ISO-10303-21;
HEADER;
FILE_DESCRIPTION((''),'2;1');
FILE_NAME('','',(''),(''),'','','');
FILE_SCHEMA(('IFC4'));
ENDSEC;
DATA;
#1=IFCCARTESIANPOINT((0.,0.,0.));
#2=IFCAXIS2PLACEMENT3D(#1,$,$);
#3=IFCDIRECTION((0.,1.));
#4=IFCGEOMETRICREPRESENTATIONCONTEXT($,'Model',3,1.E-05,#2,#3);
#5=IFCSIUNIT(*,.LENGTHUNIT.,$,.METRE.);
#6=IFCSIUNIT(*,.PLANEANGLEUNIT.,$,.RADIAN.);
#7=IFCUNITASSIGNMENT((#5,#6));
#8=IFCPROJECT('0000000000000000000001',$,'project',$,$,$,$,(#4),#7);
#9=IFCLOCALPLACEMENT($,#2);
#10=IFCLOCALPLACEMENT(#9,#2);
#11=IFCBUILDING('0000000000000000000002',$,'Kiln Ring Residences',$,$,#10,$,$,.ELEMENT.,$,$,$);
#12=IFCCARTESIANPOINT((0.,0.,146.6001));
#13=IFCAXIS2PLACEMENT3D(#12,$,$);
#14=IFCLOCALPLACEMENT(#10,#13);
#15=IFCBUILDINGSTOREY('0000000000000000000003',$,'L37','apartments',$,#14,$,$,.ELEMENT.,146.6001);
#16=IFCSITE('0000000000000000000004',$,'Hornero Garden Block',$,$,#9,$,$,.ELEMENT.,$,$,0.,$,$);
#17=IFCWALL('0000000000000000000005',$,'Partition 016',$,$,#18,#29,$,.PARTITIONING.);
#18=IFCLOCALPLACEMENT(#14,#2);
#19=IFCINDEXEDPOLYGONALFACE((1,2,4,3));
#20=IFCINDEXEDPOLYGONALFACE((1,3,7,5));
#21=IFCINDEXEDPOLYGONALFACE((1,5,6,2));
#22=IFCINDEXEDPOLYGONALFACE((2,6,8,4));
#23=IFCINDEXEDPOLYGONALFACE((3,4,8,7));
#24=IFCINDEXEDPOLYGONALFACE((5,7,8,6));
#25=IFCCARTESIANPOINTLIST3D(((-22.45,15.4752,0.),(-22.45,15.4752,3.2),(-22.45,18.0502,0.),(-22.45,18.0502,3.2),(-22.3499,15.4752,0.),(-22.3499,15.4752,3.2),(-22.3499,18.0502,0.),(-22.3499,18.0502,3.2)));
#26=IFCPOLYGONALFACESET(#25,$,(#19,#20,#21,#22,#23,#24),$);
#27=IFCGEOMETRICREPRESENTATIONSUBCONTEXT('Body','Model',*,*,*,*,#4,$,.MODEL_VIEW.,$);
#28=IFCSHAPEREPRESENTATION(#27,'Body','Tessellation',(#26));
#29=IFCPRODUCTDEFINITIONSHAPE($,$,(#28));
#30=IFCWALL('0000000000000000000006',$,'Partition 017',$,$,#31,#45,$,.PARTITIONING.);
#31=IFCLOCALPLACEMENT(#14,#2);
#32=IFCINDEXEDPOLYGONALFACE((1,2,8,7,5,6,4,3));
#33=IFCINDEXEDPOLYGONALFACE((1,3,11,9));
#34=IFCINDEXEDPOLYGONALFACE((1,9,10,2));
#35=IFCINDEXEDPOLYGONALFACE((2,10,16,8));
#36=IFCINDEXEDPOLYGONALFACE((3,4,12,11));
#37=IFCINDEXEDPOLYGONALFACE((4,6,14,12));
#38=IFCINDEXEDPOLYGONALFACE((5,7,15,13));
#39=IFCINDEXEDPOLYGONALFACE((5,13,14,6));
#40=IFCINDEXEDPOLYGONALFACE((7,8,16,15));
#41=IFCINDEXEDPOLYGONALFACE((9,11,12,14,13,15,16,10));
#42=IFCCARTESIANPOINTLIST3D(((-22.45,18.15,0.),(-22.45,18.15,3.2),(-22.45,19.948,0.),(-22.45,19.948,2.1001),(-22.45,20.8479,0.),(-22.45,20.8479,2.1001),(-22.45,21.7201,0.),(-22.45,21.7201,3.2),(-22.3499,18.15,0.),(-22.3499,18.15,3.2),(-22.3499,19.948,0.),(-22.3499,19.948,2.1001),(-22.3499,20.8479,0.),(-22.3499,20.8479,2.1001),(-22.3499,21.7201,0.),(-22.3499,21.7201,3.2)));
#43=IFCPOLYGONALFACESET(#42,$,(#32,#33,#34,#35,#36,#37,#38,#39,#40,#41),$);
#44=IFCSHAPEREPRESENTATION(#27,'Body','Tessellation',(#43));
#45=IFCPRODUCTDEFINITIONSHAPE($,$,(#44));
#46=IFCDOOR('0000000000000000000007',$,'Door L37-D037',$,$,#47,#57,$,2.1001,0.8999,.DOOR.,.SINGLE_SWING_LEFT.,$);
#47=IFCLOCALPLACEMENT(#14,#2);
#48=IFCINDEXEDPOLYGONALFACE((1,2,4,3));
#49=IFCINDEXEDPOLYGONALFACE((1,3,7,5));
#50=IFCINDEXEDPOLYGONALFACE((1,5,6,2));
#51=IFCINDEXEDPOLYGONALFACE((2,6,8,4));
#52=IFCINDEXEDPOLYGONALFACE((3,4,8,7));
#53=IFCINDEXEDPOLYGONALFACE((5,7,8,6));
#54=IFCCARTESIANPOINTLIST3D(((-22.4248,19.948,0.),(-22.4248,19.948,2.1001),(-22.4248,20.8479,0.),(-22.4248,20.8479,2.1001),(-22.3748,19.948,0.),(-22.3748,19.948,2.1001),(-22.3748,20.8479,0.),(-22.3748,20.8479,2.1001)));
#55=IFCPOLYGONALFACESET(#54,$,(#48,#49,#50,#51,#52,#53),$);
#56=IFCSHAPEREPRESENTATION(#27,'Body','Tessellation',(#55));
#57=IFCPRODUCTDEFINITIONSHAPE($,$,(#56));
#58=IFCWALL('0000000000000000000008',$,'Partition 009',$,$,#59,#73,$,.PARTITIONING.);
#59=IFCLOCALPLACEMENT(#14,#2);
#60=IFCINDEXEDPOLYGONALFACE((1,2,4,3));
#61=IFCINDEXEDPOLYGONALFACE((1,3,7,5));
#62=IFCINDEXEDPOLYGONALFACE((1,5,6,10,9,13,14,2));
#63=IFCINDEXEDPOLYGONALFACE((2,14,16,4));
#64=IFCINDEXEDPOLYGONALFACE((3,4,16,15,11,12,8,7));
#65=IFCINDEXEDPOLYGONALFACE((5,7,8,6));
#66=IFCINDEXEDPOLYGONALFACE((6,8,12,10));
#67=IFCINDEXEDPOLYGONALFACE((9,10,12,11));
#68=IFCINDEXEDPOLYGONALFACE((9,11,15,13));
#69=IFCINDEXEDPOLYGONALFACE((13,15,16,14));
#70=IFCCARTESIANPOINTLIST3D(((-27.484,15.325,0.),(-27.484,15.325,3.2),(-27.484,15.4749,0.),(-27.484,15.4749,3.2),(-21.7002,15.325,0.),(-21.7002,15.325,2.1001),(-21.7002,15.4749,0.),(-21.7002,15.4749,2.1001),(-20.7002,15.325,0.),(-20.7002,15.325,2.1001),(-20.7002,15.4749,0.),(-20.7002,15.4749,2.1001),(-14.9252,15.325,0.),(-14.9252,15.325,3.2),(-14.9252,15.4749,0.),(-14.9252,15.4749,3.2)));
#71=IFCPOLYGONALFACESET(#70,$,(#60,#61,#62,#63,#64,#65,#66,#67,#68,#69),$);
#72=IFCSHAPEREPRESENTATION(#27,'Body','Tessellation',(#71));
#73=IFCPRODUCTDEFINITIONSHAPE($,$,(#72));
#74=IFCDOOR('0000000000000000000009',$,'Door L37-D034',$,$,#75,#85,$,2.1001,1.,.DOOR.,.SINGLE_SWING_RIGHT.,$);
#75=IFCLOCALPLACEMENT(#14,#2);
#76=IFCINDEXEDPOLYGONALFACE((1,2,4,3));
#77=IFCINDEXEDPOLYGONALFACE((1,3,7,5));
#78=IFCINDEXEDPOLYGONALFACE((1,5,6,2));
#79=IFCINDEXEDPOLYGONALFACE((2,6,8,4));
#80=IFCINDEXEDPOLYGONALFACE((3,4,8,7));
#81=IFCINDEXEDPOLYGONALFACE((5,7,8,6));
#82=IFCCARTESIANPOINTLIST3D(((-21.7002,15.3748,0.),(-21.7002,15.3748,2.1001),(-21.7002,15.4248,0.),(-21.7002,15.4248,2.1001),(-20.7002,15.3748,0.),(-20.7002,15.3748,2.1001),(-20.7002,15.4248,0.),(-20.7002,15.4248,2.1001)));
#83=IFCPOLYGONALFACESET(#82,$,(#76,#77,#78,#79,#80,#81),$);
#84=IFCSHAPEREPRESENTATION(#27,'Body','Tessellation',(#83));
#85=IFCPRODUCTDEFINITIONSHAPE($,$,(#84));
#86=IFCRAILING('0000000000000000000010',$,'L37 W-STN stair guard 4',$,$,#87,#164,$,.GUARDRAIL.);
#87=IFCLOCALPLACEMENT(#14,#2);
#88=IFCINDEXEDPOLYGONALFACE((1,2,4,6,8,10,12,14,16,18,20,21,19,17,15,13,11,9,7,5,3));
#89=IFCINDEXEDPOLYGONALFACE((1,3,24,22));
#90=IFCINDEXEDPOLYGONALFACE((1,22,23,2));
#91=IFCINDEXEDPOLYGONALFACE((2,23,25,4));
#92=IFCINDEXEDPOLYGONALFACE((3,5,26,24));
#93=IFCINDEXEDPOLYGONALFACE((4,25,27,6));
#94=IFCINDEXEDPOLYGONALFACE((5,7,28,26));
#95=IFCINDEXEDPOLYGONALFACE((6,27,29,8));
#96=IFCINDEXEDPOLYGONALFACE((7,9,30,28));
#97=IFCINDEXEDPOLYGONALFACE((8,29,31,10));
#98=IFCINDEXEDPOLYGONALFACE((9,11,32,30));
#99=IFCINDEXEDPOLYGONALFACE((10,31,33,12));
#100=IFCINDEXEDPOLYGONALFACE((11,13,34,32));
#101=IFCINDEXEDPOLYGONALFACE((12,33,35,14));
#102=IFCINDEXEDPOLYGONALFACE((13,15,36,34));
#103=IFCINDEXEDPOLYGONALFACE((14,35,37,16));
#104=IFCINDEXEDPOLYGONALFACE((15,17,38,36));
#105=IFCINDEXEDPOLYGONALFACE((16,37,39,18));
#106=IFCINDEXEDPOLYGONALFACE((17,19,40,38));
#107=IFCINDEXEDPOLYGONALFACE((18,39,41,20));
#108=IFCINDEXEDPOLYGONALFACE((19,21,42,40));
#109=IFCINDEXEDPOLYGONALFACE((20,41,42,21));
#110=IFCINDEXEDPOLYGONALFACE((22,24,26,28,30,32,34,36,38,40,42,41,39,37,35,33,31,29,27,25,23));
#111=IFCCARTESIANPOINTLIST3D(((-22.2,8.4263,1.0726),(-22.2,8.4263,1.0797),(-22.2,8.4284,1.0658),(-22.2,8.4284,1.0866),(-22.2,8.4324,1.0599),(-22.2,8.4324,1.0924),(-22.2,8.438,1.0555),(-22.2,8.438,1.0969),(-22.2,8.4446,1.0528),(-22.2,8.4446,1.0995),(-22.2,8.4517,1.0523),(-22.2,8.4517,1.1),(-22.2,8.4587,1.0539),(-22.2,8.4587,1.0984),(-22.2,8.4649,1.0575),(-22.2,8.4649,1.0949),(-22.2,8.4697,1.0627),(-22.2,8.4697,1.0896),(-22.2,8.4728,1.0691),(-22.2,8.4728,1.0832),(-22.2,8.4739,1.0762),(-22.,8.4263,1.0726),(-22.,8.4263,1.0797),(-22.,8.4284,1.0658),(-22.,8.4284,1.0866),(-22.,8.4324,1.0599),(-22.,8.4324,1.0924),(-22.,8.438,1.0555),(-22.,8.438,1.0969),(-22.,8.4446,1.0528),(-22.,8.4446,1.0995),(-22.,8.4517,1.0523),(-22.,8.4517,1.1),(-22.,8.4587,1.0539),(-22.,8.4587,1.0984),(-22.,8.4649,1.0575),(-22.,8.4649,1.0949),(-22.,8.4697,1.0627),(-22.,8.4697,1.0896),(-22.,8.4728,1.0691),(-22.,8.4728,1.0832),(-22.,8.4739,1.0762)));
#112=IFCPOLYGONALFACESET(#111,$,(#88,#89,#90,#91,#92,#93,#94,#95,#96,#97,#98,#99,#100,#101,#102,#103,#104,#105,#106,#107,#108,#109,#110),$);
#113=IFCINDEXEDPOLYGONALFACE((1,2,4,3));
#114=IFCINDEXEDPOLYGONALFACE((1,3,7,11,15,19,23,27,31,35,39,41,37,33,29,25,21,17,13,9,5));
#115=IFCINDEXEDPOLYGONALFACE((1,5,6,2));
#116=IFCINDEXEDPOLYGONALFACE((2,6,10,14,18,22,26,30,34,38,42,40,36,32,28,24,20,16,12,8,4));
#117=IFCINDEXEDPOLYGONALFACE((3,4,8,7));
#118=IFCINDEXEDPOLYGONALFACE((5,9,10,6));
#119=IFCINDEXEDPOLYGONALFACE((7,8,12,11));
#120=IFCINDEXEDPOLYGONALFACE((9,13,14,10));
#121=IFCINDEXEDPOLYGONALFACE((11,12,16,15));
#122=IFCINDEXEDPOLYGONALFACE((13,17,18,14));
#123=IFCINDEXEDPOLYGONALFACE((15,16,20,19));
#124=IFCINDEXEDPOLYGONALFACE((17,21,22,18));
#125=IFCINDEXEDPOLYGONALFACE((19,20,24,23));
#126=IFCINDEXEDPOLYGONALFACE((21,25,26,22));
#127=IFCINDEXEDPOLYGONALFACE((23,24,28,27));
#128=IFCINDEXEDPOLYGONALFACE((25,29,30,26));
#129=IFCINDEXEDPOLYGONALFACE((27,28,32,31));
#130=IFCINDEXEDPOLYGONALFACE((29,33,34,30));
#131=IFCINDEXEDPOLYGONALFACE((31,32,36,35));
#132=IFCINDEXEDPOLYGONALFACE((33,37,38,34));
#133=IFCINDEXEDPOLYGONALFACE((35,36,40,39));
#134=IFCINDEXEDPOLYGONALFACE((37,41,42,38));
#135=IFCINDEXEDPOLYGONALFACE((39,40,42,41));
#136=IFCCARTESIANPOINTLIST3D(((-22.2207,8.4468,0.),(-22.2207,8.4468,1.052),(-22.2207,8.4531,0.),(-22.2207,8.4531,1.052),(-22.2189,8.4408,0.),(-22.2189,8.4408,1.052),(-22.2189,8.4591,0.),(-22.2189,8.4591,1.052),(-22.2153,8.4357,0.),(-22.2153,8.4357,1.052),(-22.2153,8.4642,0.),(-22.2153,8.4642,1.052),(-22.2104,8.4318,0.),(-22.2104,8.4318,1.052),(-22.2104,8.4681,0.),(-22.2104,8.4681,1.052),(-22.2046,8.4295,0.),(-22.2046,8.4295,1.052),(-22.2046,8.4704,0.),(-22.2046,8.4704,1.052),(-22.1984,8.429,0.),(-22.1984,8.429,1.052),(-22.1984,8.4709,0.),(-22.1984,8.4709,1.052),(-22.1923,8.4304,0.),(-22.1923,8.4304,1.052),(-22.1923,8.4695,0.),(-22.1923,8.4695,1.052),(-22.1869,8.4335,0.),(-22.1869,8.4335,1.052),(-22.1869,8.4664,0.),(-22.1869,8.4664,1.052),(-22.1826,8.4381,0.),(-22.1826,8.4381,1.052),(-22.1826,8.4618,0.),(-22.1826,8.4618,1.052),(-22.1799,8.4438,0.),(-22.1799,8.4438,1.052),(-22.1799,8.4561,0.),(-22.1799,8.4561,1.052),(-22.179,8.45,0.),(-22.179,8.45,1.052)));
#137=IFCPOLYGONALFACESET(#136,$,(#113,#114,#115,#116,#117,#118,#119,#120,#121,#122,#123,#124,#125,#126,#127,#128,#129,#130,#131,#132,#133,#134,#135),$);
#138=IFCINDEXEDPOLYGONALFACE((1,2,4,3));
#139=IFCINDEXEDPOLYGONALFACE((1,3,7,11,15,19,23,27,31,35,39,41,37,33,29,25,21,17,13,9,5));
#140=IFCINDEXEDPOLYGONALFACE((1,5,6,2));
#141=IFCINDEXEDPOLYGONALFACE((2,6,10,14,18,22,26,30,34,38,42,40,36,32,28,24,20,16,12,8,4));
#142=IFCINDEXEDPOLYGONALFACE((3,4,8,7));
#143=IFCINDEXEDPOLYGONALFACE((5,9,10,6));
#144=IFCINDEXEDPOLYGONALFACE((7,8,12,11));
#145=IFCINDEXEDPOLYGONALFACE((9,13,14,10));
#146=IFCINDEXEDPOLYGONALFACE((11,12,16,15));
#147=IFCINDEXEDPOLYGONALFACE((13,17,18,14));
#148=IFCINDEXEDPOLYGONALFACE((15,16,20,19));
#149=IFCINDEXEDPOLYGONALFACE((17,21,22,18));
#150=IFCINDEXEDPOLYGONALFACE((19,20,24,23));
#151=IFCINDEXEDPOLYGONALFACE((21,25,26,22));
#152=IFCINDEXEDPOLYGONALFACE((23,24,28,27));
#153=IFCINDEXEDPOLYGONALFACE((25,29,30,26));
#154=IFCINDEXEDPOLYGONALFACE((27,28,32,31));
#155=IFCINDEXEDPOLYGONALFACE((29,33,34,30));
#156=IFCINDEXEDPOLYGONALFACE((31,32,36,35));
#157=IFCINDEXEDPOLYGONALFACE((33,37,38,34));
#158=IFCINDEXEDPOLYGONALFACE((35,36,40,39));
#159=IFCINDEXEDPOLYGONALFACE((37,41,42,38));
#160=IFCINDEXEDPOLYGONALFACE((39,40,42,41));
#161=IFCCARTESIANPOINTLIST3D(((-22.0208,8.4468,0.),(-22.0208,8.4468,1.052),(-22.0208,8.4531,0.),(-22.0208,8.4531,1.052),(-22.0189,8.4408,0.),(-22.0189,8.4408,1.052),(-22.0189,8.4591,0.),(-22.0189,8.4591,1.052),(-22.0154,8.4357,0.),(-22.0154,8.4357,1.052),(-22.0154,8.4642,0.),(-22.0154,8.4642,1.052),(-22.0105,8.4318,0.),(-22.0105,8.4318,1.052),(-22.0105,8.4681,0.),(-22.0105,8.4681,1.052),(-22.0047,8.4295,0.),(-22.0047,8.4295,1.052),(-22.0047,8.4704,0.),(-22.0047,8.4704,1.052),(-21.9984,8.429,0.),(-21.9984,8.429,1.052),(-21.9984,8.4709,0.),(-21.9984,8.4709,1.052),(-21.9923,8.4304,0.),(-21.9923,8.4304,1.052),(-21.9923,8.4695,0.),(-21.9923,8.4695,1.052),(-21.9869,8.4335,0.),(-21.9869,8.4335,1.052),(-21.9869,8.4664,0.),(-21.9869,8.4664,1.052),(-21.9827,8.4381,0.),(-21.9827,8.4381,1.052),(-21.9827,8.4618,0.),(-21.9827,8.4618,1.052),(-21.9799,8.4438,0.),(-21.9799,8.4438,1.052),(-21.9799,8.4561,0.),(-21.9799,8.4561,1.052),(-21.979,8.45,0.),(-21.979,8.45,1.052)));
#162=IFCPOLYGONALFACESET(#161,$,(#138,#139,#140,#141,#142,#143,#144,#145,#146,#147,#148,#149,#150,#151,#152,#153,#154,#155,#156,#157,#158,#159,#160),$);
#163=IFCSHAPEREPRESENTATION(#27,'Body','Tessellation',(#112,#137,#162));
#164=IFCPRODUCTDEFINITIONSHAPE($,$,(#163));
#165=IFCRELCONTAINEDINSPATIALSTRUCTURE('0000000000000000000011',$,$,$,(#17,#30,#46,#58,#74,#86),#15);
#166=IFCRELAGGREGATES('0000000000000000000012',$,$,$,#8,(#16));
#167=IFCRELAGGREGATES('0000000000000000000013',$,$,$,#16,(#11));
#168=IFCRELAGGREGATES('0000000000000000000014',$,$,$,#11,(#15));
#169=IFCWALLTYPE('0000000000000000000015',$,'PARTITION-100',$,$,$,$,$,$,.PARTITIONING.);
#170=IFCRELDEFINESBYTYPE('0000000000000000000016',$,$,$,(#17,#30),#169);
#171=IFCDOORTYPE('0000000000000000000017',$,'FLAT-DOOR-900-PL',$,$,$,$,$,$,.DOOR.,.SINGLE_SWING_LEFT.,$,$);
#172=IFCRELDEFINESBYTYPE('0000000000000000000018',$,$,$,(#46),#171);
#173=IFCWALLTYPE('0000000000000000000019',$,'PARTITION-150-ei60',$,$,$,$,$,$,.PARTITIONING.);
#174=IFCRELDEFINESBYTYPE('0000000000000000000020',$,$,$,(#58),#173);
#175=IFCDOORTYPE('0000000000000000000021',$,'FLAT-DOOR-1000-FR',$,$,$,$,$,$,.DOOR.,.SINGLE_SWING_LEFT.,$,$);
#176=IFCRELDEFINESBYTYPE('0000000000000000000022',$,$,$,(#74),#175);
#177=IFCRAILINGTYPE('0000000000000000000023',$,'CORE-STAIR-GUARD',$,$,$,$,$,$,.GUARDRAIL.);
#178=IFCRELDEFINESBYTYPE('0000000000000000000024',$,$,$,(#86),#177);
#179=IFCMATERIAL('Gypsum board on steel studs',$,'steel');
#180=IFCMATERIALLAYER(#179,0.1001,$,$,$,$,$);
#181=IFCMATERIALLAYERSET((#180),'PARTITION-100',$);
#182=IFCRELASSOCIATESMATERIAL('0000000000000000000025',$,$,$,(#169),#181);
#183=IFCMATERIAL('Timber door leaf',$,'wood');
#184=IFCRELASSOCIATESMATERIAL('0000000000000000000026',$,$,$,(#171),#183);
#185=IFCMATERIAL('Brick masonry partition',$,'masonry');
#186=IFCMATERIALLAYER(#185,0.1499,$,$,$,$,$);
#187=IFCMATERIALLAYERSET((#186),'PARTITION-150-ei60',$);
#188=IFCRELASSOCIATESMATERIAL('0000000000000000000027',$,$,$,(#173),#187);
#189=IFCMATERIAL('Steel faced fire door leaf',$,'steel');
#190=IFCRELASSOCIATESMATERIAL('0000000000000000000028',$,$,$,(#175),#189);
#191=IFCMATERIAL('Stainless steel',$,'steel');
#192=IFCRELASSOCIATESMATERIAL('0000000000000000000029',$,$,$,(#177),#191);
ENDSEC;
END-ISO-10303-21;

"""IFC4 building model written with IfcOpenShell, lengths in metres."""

from ifc_helpers import new_model, si_unit, direction, frame, frame_2d, origin, origin_2d, place, context, subcontext, project, spatial, rectangle, circle, extrude, material, layer, layer_set, type_object, element, fill, save


model = new_model("IFC4")

# Units and contexts
model_context = context("Model", 3, precision=1e-05, world=origin(), true_north=direction((0.0, 1.0)))
body_context = subcontext(model_context, "Body", "Model", "MODEL_VIEW")
ifc_project = project(units=[si_unit("LENGTHUNIT", "METRE"), si_unit("PLANEANGLEUNIT", "RADIAN")], contexts=[model_context])

# Site, building, storey
site_placement = place(None, origin())
site = spatial("IfcSite", under=ifc_project, at=site_placement, Name="Hornero Garden Block", CompositionType="ELEMENT", RefElevation=0.0)
building_placement = place(site_placement, origin())
building = spatial("IfcBuilding", under=site, at=building_placement, Name="Kiln Ring Residences", CompositionType="ELEMENT")
storey_placement = place(building_placement, frame((0.0, 0.0, 146.6001)))
storey = spatial("IfcBuildingStorey", under=building, at=storey_placement, Name="L37", Description="apartments", CompositionType="ELEMENT", Elevation=146.6001)

# Shared definitions
ifc_material_1 = material(Name="Gypsum board on steel studs", Category="steel")
ifc_layer_1 = layer(ifc_material_1, 0.1001)
ifc_layer_set_1 = layer_set([ifc_layer_1], Name="PARTITION-100")
wall_type_1 = type_object("IfcWallType", Name="PARTITION-100", PredefinedType="PARTITIONING", material=ifc_layer_set_1)
ifc_material_2 = material(Name="Timber door leaf", Category="wood")
door_type_1 = type_object("IfcDoorType", Name="FLAT-DOOR-900-PL", OperationType="SINGLE_SWING_LEFT", PredefinedType="DOOR", material=ifc_material_2)

# Wall
wall_1_placement = place(storey_placement, frame((-22.3999, 15.4751, 0.0), z_axis=(0.0, 0.0, 1.0), x_axis=(0.0, 1.0, 0.0)))
element("IfcWall", 1, at=wall_1_placement, inside=storey, type_object=wall_type_1, Name="Partition 016", PredefinedType="PARTITIONING", context=body_context, shape_type="SweptSolid", body=[
    extrude(rectangle(XDim=2.575, YDim=0.1001, at=frame_2d((1.2876, 0.0))), origin(), (0.0, 0.0, 1.0), 3.2),
])

# Walls, openings, doors
wall_2_placement = place(storey_placement, frame((-22.3999, 18.1499, 0.0), z_axis=(0.0, 0.0, 1.0), x_axis=(0.0, 1.0, 0.0)))
wall_2 = element("IfcWall", 2, at=wall_2_placement, inside=storey, type_object=wall_type_1, Name="Partition 017", PredefinedType="PARTITIONING", context=body_context, shape_type="SweptSolid", body=[
    extrude(rectangle(XDim=3.5701, YDim=0.1001, at=frame_2d((1.7852, 0.0))), origin(), (0.0, 0.0, 1.0), 3.2),
])
opening_1_placement = place(wall_2_placement, frame((1.7981, 0.0, 0.0)))
opening_1 = element("IfcOpeningElement", 3, at=opening_1_placement, cuts=wall_2, PredefinedType="OPENING", context=body_context, shape_type="SweptSolid", body=[
    extrude(rectangle(XDim=0.8999, YDim=2.1001, at=frame_2d((0.45, 1.05))), frame((0.0, 0.0601, 0.0), z_axis=(0.0, -1.0, 0.0), x_axis=(1.0, 0.0, 0.0)), (0.0, 0.0, 1.0), 0.1201),
])
door_1_placement = place(opening_1_placement, origin())
door_1 = element("IfcDoor", 4, at=door_1_placement, inside=storey, type_object=door_type_1, Name="Door L37-D037", OperationType="SINGLE_SWING_LEFT", OverallHeight=2.1001, OverallWidth=0.8999, PredefinedType="DOOR", context=body_context, shape_type="SweptSolid", body=[
    extrude(rectangle(XDim=0.8999, YDim=2.1001, at=frame_2d((0.45, 1.05))), frame((0.0, 0.0249, 0.0), z_axis=(0.0, -1.0, 0.0), x_axis=(1.0, 0.0, 0.0)), (0.0, 0.0, 1.0), 0.05),
])
fill(opening_1, door_1)
ifc_material_3 = material(Name="Brick masonry partition", Category="masonry")
ifc_layer_2 = layer(ifc_material_3, 0.1499)
ifc_layer_set_2 = layer_set([ifc_layer_2], Name="PARTITION-150-ei60")
wall_type_2 = type_object("IfcWallType", Name="PARTITION-150-ei60", PredefinedType="PARTITIONING", material=ifc_layer_set_2)
wall_3_placement = place(storey_placement, frame((-27.4839, 15.3999, 0.0), z_axis=(0.0, 0.0, 1.0), x_axis=(1.0, 0.0, 0.0)))
wall_3 = element("IfcWall", 5, at=wall_3_placement, inside=storey, type_object=wall_type_2, Name="Partition 009", PredefinedType="PARTITIONING", context=body_context, shape_type="SweptSolid", body=[
    extrude(rectangle(XDim=12.5588, YDim=0.1499, at=frame_2d((6.2793, 0.0))), origin(), (0.0, 0.0, 1.0), 3.2),
])
opening_2_placement = place(wall_3_placement, frame((5.7837, 0.0, 0.0)))
opening_2 = element("IfcOpeningElement", 6, at=opening_2_placement, cuts=wall_3, PredefinedType="OPENING", context=body_context, shape_type="SweptSolid", body=[
    extrude(rectangle(XDim=1.0, YDim=2.1001, at=frame_2d((0.5, 1.05))), frame((0.0, 0.085, 0.0), z_axis=(0.0, -1.0, 0.0), x_axis=(1.0, 0.0, 0.0)), (0.0, 0.0, 1.0), 0.1699),
])
ifc_material_4 = material(Name="Steel faced fire door leaf", Category="steel")
door_type_2 = type_object("IfcDoorType", Name="FLAT-DOOR-1000-FR", OperationType="SINGLE_SWING_LEFT", PredefinedType="DOOR", material=ifc_material_4)
door_2_placement = place(opening_2_placement, origin())
door_2 = element("IfcDoor", 7, at=door_2_placement, inside=storey, type_object=door_type_2, Name="Door L37-D034", OperationType="SINGLE_SWING_RIGHT", OverallHeight=2.1001, OverallWidth=1.0, PredefinedType="DOOR", context=body_context, shape_type="SweptSolid", body=[
    extrude(rectangle(XDim=1.0, YDim=2.1001, at=frame_2d((0.5, 1.05))), frame((0.0, 0.0249, 0.0), z_axis=(0.0, -1.0, 0.0), x_axis=(1.0, 0.0, 0.0)), (0.0, 0.0, 1.0), 0.05),
])
fill(opening_2, door_2)

# Railing
ifc_material_5 = material(Name="Stainless steel", Category="steel")
railing_type = type_object("IfcRailingType", Name="CORE-STAIR-GUARD", PredefinedType="GUARDRAIL", material=ifc_material_5)
railing_placement = place(storey_placement, frame((-22.2, 8.45, 0.0)))
element("IfcRailing", 8, at=railing_placement, inside=storey, type_object=railing_type, Name="L37 W-STN stair guard 4", PredefinedType="GUARDRAIL", context=body_context, shape_type="SweptSolid", body=[
    extrude(circle(Radius=0.0239, at=origin_2d()), frame((0.0, 0.0, 1.0762), z_axis=(1.0, 0.0, 0.0), x_axis=(0.0, 1.0, 0.0)), (0.0, 0.0, 1.0), 0.2),
    extrude(circle(Radius=0.021, at=origin_2d()), origin(), (0.0, 0.0, 1.0), 1.052),
    extrude(circle(Radius=0.021, at=origin_2d()), frame((0.2, 0.0, 0.0)), (0.0, 0.0, 1.0), 1.052),
])

save(model, "model.ifc")
